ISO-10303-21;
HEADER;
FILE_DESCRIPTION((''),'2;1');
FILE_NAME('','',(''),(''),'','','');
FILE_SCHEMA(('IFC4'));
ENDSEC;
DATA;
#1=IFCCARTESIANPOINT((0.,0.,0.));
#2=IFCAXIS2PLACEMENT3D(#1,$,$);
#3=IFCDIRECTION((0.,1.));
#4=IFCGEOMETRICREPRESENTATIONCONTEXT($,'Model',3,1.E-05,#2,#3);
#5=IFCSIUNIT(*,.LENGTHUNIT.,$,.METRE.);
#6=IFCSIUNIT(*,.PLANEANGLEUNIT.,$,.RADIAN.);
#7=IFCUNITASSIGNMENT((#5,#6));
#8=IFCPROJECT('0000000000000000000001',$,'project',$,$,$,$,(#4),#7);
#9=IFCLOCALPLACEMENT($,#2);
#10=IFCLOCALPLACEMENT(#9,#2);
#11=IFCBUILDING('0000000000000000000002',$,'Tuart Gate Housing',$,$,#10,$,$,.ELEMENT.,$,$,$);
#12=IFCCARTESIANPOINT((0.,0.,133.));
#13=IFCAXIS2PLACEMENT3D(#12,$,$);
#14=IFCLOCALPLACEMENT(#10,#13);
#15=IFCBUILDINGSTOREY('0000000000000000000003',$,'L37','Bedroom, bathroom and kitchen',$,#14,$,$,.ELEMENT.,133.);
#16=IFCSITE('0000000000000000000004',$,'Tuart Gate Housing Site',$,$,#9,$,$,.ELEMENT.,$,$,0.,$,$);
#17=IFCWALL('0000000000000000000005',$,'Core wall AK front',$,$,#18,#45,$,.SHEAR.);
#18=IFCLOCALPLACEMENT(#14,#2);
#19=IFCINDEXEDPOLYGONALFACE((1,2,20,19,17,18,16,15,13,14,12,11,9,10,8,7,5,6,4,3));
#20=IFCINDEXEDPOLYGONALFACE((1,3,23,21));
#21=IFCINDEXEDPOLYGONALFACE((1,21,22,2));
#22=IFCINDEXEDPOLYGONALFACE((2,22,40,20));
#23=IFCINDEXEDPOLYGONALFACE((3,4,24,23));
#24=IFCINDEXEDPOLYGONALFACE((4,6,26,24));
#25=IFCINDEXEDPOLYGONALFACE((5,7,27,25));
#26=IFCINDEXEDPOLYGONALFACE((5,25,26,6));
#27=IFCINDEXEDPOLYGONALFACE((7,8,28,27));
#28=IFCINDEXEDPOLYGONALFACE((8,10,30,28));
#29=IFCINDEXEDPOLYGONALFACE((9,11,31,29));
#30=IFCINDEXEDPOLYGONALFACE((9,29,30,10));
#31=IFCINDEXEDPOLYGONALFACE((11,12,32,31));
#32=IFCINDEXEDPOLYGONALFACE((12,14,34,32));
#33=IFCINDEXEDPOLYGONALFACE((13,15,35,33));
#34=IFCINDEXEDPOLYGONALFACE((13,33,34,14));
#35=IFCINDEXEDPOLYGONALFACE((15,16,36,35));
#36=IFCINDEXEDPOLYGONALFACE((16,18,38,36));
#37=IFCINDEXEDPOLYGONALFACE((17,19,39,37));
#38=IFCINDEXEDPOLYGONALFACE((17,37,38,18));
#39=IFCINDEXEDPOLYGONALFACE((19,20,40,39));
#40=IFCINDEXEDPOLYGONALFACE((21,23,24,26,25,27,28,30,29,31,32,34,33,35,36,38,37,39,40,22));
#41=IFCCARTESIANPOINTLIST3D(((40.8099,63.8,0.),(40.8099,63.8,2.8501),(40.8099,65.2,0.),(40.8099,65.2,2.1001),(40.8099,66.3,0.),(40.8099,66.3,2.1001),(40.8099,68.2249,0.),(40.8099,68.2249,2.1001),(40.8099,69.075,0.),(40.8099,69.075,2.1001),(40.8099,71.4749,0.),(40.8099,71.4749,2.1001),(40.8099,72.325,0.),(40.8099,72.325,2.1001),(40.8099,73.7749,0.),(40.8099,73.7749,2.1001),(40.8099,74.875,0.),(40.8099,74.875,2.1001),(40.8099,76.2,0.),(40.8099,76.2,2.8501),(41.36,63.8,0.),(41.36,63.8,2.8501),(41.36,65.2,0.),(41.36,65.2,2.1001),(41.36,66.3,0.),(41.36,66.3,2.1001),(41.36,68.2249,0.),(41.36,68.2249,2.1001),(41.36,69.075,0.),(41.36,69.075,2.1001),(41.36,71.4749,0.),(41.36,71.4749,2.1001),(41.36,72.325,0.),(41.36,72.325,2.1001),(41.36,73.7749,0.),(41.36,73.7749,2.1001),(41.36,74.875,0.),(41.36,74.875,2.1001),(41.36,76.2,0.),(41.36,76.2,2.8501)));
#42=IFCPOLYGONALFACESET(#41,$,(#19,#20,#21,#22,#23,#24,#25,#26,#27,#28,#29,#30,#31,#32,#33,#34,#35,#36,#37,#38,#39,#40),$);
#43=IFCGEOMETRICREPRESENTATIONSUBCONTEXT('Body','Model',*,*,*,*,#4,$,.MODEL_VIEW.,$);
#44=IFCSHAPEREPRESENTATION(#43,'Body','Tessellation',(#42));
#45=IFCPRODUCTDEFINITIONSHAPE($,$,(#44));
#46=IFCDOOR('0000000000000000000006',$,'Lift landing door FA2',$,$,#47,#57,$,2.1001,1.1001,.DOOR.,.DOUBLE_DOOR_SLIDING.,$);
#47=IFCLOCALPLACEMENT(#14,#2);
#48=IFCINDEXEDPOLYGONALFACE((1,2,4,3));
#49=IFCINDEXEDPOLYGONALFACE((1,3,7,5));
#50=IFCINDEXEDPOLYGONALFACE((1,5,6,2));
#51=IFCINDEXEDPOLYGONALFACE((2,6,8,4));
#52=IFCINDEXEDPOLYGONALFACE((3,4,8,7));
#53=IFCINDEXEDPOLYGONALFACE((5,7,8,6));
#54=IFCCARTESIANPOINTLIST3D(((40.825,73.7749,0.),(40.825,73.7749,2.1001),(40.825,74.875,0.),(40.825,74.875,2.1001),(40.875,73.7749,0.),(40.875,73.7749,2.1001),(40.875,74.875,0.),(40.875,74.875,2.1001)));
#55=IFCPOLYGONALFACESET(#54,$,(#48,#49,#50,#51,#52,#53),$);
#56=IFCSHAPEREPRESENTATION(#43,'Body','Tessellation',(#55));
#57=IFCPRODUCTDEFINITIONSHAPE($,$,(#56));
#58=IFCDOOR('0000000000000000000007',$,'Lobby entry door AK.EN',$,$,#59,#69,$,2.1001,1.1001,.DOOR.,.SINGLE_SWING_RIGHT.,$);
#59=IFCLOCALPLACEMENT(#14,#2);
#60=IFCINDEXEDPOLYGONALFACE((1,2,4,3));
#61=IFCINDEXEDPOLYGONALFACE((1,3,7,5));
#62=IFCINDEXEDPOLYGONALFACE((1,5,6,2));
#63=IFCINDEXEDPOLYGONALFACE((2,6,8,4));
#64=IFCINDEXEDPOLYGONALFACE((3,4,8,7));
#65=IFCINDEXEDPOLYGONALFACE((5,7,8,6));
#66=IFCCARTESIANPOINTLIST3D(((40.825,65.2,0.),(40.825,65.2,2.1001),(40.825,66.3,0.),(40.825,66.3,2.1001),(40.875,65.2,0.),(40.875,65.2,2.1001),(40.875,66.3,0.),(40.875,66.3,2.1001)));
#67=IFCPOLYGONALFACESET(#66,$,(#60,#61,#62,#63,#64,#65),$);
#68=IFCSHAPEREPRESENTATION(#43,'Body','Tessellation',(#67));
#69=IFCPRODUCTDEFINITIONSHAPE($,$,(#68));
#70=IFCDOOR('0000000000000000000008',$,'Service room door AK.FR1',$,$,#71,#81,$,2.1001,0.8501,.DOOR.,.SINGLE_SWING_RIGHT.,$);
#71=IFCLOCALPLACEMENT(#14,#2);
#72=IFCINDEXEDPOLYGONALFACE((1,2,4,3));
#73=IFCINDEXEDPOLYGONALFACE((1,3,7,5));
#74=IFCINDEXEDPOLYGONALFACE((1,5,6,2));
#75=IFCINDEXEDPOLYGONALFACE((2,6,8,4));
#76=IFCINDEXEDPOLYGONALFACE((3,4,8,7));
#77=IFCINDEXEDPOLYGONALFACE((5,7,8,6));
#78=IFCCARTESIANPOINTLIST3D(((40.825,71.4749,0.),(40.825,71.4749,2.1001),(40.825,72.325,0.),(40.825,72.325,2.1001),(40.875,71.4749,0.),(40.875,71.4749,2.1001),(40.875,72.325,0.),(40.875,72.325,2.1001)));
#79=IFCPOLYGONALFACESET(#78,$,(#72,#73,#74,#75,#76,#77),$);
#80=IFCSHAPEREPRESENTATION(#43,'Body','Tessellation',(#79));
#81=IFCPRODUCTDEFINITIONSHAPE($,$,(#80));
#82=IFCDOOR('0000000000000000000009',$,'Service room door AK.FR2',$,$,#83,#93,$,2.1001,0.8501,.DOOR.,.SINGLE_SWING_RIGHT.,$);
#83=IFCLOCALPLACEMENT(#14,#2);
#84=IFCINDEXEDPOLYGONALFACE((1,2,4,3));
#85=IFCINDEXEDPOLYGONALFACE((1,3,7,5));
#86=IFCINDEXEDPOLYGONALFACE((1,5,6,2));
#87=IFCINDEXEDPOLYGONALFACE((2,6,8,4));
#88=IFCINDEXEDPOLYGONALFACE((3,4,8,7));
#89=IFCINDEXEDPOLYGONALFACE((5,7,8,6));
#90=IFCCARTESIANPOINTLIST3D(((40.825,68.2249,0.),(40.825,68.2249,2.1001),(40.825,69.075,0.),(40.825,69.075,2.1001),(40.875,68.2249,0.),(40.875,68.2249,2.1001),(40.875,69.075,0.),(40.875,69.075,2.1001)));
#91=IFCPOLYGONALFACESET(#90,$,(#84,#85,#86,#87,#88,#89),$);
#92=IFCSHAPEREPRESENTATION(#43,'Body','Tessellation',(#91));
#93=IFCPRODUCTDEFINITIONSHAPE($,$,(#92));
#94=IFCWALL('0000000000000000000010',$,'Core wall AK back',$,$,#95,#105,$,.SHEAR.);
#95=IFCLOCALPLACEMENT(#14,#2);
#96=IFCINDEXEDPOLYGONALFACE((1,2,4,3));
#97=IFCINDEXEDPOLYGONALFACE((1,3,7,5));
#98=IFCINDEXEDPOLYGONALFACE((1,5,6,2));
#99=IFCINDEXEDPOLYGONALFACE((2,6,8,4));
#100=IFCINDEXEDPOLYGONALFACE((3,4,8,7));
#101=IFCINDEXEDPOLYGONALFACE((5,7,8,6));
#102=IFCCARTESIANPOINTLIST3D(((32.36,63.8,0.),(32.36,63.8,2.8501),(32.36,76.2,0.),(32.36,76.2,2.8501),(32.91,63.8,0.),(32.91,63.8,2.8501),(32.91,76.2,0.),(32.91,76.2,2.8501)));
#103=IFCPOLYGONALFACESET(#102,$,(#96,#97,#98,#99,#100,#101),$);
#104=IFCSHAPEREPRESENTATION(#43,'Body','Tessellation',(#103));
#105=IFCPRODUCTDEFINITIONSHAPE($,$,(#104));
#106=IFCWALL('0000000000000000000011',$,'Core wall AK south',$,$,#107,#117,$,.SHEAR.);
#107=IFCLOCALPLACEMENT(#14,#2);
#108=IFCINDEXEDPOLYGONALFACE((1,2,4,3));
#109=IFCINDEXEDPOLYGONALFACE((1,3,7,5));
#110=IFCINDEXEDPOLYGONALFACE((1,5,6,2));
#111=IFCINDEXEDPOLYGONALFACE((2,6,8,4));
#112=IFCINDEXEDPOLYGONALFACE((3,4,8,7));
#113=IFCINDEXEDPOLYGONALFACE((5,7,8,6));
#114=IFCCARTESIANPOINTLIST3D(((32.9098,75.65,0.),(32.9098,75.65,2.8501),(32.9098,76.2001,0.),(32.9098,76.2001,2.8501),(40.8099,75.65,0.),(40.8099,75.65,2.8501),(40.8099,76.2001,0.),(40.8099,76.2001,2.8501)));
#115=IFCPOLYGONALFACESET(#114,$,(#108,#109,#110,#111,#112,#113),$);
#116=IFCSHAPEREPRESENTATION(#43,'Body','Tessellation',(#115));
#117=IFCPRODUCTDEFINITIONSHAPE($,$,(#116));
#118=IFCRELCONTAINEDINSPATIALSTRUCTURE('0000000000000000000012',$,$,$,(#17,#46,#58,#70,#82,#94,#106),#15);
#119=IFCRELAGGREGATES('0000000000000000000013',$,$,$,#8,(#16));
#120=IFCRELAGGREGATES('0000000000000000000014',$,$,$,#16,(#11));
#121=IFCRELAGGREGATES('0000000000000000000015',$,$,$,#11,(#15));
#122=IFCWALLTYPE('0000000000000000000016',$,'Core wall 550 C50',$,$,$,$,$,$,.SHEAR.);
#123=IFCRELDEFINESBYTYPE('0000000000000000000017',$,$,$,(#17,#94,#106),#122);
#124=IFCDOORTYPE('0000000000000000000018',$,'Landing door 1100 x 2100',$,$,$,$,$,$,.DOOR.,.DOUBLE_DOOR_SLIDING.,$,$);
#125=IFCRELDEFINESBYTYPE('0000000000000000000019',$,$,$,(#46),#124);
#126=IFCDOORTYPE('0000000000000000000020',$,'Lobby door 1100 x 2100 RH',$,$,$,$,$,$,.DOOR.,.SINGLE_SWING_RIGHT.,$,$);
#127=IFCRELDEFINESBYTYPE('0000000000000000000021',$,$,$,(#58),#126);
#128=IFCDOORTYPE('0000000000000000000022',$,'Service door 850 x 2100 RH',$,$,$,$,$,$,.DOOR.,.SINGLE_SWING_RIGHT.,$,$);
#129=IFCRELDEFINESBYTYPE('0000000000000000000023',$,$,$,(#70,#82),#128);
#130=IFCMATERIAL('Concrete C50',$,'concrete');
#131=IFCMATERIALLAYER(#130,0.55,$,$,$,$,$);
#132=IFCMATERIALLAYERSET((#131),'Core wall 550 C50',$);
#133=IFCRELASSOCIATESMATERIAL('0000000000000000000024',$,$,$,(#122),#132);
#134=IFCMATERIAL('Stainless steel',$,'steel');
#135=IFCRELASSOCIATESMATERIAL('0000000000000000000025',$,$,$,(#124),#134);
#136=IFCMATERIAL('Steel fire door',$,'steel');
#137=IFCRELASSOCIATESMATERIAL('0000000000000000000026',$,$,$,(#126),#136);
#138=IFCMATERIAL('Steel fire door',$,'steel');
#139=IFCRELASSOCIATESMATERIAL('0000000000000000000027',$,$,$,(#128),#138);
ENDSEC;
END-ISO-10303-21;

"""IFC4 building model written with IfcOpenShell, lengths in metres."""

from ifc_helpers import new_model, si_unit, direction, frame, frame_2d, origin, place, context, subcontext, project, spatial, rectangle, extrude, material, layer, layer_set, type_object, element, fill, save


model = new_model("IFC4")

# Units and contexts
model_context = context("Model", 3, precision=1e-05, world=origin(), true_north=direction((0.0, 1.0)))
body_context = subcontext(model_context, "Body", "Model", "MODEL_VIEW")
ifc_project = project(units=[si_unit("LENGTHUNIT", "METRE"), si_unit("PLANEANGLEUNIT", "RADIAN")], contexts=[model_context])

# Site, building, storey
site_placement = place(None, origin())
site = spatial("IfcSite", under=ifc_project, at=site_placement, Name="Tuart Gate Housing Site", CompositionType="ELEMENT", RefElevation=0.0)
building_placement = place(site_placement, origin())
building = spatial("IfcBuilding", under=site, at=building_placement, Name="Tuart Gate Housing", CompositionType="ELEMENT")
storey_placement = place(building_placement, frame((0.0, 0.0, 133.0)))
storey = spatial("IfcBuildingStorey", under=building, at=storey_placement, Name="L37", Description="Bedroom, bathroom and kitchen", CompositionType="ELEMENT", Elevation=133.0)

# Wall, openings, doors
ifc_material_1 = material(Name="Concrete C50", Category="concrete")
ifc_layer_1 = layer(ifc_material_1, 0.55)
ifc_layer_set_1 = layer_set([ifc_layer_1], Name="Core wall 550 C50")
wall_type_1 = type_object("IfcWallType", Name="Core wall 550 C50", PredefinedType="SHEAR", material=ifc_layer_set_1)
wall_1_placement = place(storey_placement, frame((41.085, 76.2, 0.0), z_axis=(0.0, 0.0, 1.0), x_axis=(0.0, -1.0, 0.0)))
wall_1 = element("IfcWall", 1, at=wall_1_placement, inside=storey, type_object=wall_type_1, Name="Core wall AK front", PredefinedType="SHEAR", context=body_context, shape_type="SweptSolid", body=[
    extrude(rectangle(XDim=12.3999, YDim=0.55, at=frame_2d((6.2, 0.0))), origin(), (0.0, 0.0, 1.0), 2.8501),
])
opening_1_placement = place(wall_1_placement, frame((1.325, 0.0, 0.0)))
opening_1 = element("IfcOpeningElement", 2, at=opening_1_placement, cuts=wall_1, PredefinedType="OPENING", context=body_context, shape_type="SweptSolid", body=[
    extrude(rectangle(XDim=1.1001, YDim=2.1001, at=frame_2d((0.55, 1.05))), frame((0.0, 0.2849, 0.0), z_axis=(0.0, -1.0, 0.0), x_axis=(1.0, 0.0, 0.0)), (0.0, 0.0, 1.0), 0.5701),
])
opening_2_placement = place(wall_1_placement, frame((3.875, 0.0, 0.0)))
opening_2 = element("IfcOpeningElement", 3, at=opening_2_placement, cuts=wall_1, PredefinedType="OPENING", context=body_context, shape_type="SweptSolid", body=[
    extrude(rectangle(XDim=0.8501, YDim=2.1001, at=frame_2d((0.425, 1.05))), frame((0.0, 0.2849, 0.0), z_axis=(0.0, -1.0, 0.0), x_axis=(1.0, 0.0, 0.0)), (0.0, 0.0, 1.0), 0.5701),
])
opening_3_placement = place(wall_1_placement, frame((7.125, 0.0, 0.0)))
opening_3 = element("IfcOpeningElement", 4, at=opening_3_placement, cuts=wall_1, PredefinedType="OPENING", context=body_context, shape_type="SweptSolid", body=[
    extrude(rectangle(XDim=0.8501, YDim=2.1001, at=frame_2d((0.425, 1.05))), frame((0.0, 0.2849, 0.0), z_axis=(0.0, -1.0, 0.0), x_axis=(1.0, 0.0, 0.0)), (0.0, 0.0, 1.0), 0.5701),
])
opening_4_placement = place(wall_1_placement, frame((9.8999, 0.0, 0.0)))
opening_4 = element("IfcOpeningElement", 5, at=opening_4_placement, cuts=wall_1, PredefinedType="OPENING", context=body_context, shape_type="SweptSolid", body=[
    extrude(rectangle(XDim=1.1001, YDim=2.1001, at=frame_2d((0.55, 1.05))), frame((0.0, 0.2849, 0.0), z_axis=(0.0, -1.0, 0.0), x_axis=(1.0, 0.0, 0.0)), (0.0, 0.0, 1.0), 0.5701),
])
ifc_material_2 = material(Name="Stainless steel", Category="steel")
door_type_1 = type_object("IfcDoorType", Name="Landing door 1100 x 2100", OperationType="DOUBLE_DOOR_SLIDING", PredefinedType="DOOR", material=ifc_material_2)
door_1_placement = place(opening_1_placement, origin())
door_1 = element("IfcDoor", 6, at=door_1_placement, inside=storey, type_object=door_type_1, Name="Lift landing door FA2", OperationType="DOUBLE_DOOR_SLIDING", OverallHeight=2.1001, OverallWidth=1.1001, PredefinedType="DOOR", context=body_context, shape_type="SweptSolid", body=[
    extrude(rectangle(XDim=1.1001, YDim=2.1001, at=frame_2d((0.55, 1.05))), frame((0.0, -0.21, 0.0), z_axis=(0.0, -1.0, 0.0), x_axis=(1.0, 0.0, 0.0)), (0.0, 0.0, 1.0), 0.05),
])
fill(opening_1, door_1)
ifc_material_3 = material(Name="Steel fire door", Category="steel")
door_type_2 = type_object("IfcDoorType", Name="Lobby door 1100 x 2100 RH", OperationType="SINGLE_SWING_RIGHT", PredefinedType="DOOR", material=ifc_material_3)
door_2_placement = place(opening_4_placement, frame((1.1001, 0.0, 0.0), z_axis=(0.0, 0.0, 1.0), x_axis=(-1.0, 0.0, 0.0)))
door_2 = element("IfcDoor", 7, at=door_2_placement, inside=storey, type_object=door_type_2, Name="Lobby entry door AK.EN", OperationType="SINGLE_SWING_RIGHT", OverallHeight=2.1001, OverallWidth=1.1001, PredefinedType="DOOR", context=body_context, shape_type="SweptSolid", body=[
    extrude(rectangle(XDim=1.1001, YDim=2.1001, at=frame_2d((0.55, 1.05))), frame((0.0, 0.26, 0.0), z_axis=(0.0, -1.0, 0.0), x_axis=(1.0, 0.0, 0.0)), (0.0, 0.0, 1.0), 0.05),
])
fill(opening_4, door_2)
ifc_material_4 = material(Name="Steel fire door", Category="steel")
door_type_3 = type_object("IfcDoorType", Name="Service door 850 x 2100 RH", OperationType="SINGLE_SWING_RIGHT", PredefinedType="DOOR", material=ifc_material_4)
door_3_placement = place(opening_2_placement, frame((0.8501, 0.0, 0.0), z_axis=(0.0, 0.0, 1.0), x_axis=(-1.0, 0.0, 0.0)))
door_3 = element("IfcDoor", 8, at=door_3_placement, inside=storey, type_object=door_type_3, Name="Service room door AK.FR1", OperationType="SINGLE_SWING_RIGHT", OverallHeight=2.1001, OverallWidth=0.8501, PredefinedType="DOOR", context=body_context, shape_type="SweptSolid", body=[
    extrude(rectangle(XDim=0.8501, YDim=2.1001, at=frame_2d((0.425, 1.05))), frame((0.0, 0.26, 0.0), z_axis=(0.0, -1.0, 0.0), x_axis=(1.0, 0.0, 0.0)), (0.0, 0.0, 1.0), 0.05),
])
fill(opening_2, door_3)
door_4_placement = place(opening_3_placement, frame((0.8501, 0.0, 0.0), z_axis=(0.0, 0.0, 1.0), x_axis=(-1.0, 0.0, 0.0)))
door_4 = element("IfcDoor", 9, at=door_4_placement, inside=storey, type_object=door_type_3, Name="Service room door AK.FR2", OperationType="SINGLE_SWING_RIGHT", OverallHeight=2.1001, OverallWidth=0.8501, PredefinedType="DOOR", context=body_context, shape_type="SweptSolid", body=[
    extrude(rectangle(XDim=0.8501, YDim=2.1001, at=frame_2d((0.425, 1.05))), frame((0.0, 0.26, 0.0), z_axis=(0.0, -1.0, 0.0), x_axis=(1.0, 0.0, 0.0)), (0.0, 0.0, 1.0), 0.05),
])
fill(opening_3, door_4)

# Walls
wall_2_placement = place(storey_placement, frame((32.635, 76.2, 0.0), z_axis=(0.0, 0.0, 1.0), x_axis=(0.0, -1.0, 0.0)))
element("IfcWall", 10, at=wall_2_placement, inside=storey, type_object=wall_type_1, Name="Core wall AK back", PredefinedType="SHEAR", context=body_context, shape_type="SweptSolid", body=[
    extrude(rectangle(XDim=12.3999, YDim=0.55, at=frame_2d((6.2, 0.0))), origin(), (0.0, 0.0, 1.0), 2.8501),
])
wall_3_placement = place(storey_placement, frame((40.8101, 75.925, 0.0), z_axis=(0.0, 0.0, 1.0), x_axis=(-1.0, 0.0, 0.0)))
element("IfcWall", 11, at=wall_3_placement, inside=storey, type_object=wall_type_1, Name="Core wall AK south", PredefinedType="SHEAR", context=body_context, shape_type="SweptSolid", body=[
    extrude(rectangle(XDim=7.9001, YDim=0.55, at=frame_2d((3.9502, 0.0))), origin(), (0.0, 0.0, 1.0), 2.8501),
])

save(model, "model.ifc")
